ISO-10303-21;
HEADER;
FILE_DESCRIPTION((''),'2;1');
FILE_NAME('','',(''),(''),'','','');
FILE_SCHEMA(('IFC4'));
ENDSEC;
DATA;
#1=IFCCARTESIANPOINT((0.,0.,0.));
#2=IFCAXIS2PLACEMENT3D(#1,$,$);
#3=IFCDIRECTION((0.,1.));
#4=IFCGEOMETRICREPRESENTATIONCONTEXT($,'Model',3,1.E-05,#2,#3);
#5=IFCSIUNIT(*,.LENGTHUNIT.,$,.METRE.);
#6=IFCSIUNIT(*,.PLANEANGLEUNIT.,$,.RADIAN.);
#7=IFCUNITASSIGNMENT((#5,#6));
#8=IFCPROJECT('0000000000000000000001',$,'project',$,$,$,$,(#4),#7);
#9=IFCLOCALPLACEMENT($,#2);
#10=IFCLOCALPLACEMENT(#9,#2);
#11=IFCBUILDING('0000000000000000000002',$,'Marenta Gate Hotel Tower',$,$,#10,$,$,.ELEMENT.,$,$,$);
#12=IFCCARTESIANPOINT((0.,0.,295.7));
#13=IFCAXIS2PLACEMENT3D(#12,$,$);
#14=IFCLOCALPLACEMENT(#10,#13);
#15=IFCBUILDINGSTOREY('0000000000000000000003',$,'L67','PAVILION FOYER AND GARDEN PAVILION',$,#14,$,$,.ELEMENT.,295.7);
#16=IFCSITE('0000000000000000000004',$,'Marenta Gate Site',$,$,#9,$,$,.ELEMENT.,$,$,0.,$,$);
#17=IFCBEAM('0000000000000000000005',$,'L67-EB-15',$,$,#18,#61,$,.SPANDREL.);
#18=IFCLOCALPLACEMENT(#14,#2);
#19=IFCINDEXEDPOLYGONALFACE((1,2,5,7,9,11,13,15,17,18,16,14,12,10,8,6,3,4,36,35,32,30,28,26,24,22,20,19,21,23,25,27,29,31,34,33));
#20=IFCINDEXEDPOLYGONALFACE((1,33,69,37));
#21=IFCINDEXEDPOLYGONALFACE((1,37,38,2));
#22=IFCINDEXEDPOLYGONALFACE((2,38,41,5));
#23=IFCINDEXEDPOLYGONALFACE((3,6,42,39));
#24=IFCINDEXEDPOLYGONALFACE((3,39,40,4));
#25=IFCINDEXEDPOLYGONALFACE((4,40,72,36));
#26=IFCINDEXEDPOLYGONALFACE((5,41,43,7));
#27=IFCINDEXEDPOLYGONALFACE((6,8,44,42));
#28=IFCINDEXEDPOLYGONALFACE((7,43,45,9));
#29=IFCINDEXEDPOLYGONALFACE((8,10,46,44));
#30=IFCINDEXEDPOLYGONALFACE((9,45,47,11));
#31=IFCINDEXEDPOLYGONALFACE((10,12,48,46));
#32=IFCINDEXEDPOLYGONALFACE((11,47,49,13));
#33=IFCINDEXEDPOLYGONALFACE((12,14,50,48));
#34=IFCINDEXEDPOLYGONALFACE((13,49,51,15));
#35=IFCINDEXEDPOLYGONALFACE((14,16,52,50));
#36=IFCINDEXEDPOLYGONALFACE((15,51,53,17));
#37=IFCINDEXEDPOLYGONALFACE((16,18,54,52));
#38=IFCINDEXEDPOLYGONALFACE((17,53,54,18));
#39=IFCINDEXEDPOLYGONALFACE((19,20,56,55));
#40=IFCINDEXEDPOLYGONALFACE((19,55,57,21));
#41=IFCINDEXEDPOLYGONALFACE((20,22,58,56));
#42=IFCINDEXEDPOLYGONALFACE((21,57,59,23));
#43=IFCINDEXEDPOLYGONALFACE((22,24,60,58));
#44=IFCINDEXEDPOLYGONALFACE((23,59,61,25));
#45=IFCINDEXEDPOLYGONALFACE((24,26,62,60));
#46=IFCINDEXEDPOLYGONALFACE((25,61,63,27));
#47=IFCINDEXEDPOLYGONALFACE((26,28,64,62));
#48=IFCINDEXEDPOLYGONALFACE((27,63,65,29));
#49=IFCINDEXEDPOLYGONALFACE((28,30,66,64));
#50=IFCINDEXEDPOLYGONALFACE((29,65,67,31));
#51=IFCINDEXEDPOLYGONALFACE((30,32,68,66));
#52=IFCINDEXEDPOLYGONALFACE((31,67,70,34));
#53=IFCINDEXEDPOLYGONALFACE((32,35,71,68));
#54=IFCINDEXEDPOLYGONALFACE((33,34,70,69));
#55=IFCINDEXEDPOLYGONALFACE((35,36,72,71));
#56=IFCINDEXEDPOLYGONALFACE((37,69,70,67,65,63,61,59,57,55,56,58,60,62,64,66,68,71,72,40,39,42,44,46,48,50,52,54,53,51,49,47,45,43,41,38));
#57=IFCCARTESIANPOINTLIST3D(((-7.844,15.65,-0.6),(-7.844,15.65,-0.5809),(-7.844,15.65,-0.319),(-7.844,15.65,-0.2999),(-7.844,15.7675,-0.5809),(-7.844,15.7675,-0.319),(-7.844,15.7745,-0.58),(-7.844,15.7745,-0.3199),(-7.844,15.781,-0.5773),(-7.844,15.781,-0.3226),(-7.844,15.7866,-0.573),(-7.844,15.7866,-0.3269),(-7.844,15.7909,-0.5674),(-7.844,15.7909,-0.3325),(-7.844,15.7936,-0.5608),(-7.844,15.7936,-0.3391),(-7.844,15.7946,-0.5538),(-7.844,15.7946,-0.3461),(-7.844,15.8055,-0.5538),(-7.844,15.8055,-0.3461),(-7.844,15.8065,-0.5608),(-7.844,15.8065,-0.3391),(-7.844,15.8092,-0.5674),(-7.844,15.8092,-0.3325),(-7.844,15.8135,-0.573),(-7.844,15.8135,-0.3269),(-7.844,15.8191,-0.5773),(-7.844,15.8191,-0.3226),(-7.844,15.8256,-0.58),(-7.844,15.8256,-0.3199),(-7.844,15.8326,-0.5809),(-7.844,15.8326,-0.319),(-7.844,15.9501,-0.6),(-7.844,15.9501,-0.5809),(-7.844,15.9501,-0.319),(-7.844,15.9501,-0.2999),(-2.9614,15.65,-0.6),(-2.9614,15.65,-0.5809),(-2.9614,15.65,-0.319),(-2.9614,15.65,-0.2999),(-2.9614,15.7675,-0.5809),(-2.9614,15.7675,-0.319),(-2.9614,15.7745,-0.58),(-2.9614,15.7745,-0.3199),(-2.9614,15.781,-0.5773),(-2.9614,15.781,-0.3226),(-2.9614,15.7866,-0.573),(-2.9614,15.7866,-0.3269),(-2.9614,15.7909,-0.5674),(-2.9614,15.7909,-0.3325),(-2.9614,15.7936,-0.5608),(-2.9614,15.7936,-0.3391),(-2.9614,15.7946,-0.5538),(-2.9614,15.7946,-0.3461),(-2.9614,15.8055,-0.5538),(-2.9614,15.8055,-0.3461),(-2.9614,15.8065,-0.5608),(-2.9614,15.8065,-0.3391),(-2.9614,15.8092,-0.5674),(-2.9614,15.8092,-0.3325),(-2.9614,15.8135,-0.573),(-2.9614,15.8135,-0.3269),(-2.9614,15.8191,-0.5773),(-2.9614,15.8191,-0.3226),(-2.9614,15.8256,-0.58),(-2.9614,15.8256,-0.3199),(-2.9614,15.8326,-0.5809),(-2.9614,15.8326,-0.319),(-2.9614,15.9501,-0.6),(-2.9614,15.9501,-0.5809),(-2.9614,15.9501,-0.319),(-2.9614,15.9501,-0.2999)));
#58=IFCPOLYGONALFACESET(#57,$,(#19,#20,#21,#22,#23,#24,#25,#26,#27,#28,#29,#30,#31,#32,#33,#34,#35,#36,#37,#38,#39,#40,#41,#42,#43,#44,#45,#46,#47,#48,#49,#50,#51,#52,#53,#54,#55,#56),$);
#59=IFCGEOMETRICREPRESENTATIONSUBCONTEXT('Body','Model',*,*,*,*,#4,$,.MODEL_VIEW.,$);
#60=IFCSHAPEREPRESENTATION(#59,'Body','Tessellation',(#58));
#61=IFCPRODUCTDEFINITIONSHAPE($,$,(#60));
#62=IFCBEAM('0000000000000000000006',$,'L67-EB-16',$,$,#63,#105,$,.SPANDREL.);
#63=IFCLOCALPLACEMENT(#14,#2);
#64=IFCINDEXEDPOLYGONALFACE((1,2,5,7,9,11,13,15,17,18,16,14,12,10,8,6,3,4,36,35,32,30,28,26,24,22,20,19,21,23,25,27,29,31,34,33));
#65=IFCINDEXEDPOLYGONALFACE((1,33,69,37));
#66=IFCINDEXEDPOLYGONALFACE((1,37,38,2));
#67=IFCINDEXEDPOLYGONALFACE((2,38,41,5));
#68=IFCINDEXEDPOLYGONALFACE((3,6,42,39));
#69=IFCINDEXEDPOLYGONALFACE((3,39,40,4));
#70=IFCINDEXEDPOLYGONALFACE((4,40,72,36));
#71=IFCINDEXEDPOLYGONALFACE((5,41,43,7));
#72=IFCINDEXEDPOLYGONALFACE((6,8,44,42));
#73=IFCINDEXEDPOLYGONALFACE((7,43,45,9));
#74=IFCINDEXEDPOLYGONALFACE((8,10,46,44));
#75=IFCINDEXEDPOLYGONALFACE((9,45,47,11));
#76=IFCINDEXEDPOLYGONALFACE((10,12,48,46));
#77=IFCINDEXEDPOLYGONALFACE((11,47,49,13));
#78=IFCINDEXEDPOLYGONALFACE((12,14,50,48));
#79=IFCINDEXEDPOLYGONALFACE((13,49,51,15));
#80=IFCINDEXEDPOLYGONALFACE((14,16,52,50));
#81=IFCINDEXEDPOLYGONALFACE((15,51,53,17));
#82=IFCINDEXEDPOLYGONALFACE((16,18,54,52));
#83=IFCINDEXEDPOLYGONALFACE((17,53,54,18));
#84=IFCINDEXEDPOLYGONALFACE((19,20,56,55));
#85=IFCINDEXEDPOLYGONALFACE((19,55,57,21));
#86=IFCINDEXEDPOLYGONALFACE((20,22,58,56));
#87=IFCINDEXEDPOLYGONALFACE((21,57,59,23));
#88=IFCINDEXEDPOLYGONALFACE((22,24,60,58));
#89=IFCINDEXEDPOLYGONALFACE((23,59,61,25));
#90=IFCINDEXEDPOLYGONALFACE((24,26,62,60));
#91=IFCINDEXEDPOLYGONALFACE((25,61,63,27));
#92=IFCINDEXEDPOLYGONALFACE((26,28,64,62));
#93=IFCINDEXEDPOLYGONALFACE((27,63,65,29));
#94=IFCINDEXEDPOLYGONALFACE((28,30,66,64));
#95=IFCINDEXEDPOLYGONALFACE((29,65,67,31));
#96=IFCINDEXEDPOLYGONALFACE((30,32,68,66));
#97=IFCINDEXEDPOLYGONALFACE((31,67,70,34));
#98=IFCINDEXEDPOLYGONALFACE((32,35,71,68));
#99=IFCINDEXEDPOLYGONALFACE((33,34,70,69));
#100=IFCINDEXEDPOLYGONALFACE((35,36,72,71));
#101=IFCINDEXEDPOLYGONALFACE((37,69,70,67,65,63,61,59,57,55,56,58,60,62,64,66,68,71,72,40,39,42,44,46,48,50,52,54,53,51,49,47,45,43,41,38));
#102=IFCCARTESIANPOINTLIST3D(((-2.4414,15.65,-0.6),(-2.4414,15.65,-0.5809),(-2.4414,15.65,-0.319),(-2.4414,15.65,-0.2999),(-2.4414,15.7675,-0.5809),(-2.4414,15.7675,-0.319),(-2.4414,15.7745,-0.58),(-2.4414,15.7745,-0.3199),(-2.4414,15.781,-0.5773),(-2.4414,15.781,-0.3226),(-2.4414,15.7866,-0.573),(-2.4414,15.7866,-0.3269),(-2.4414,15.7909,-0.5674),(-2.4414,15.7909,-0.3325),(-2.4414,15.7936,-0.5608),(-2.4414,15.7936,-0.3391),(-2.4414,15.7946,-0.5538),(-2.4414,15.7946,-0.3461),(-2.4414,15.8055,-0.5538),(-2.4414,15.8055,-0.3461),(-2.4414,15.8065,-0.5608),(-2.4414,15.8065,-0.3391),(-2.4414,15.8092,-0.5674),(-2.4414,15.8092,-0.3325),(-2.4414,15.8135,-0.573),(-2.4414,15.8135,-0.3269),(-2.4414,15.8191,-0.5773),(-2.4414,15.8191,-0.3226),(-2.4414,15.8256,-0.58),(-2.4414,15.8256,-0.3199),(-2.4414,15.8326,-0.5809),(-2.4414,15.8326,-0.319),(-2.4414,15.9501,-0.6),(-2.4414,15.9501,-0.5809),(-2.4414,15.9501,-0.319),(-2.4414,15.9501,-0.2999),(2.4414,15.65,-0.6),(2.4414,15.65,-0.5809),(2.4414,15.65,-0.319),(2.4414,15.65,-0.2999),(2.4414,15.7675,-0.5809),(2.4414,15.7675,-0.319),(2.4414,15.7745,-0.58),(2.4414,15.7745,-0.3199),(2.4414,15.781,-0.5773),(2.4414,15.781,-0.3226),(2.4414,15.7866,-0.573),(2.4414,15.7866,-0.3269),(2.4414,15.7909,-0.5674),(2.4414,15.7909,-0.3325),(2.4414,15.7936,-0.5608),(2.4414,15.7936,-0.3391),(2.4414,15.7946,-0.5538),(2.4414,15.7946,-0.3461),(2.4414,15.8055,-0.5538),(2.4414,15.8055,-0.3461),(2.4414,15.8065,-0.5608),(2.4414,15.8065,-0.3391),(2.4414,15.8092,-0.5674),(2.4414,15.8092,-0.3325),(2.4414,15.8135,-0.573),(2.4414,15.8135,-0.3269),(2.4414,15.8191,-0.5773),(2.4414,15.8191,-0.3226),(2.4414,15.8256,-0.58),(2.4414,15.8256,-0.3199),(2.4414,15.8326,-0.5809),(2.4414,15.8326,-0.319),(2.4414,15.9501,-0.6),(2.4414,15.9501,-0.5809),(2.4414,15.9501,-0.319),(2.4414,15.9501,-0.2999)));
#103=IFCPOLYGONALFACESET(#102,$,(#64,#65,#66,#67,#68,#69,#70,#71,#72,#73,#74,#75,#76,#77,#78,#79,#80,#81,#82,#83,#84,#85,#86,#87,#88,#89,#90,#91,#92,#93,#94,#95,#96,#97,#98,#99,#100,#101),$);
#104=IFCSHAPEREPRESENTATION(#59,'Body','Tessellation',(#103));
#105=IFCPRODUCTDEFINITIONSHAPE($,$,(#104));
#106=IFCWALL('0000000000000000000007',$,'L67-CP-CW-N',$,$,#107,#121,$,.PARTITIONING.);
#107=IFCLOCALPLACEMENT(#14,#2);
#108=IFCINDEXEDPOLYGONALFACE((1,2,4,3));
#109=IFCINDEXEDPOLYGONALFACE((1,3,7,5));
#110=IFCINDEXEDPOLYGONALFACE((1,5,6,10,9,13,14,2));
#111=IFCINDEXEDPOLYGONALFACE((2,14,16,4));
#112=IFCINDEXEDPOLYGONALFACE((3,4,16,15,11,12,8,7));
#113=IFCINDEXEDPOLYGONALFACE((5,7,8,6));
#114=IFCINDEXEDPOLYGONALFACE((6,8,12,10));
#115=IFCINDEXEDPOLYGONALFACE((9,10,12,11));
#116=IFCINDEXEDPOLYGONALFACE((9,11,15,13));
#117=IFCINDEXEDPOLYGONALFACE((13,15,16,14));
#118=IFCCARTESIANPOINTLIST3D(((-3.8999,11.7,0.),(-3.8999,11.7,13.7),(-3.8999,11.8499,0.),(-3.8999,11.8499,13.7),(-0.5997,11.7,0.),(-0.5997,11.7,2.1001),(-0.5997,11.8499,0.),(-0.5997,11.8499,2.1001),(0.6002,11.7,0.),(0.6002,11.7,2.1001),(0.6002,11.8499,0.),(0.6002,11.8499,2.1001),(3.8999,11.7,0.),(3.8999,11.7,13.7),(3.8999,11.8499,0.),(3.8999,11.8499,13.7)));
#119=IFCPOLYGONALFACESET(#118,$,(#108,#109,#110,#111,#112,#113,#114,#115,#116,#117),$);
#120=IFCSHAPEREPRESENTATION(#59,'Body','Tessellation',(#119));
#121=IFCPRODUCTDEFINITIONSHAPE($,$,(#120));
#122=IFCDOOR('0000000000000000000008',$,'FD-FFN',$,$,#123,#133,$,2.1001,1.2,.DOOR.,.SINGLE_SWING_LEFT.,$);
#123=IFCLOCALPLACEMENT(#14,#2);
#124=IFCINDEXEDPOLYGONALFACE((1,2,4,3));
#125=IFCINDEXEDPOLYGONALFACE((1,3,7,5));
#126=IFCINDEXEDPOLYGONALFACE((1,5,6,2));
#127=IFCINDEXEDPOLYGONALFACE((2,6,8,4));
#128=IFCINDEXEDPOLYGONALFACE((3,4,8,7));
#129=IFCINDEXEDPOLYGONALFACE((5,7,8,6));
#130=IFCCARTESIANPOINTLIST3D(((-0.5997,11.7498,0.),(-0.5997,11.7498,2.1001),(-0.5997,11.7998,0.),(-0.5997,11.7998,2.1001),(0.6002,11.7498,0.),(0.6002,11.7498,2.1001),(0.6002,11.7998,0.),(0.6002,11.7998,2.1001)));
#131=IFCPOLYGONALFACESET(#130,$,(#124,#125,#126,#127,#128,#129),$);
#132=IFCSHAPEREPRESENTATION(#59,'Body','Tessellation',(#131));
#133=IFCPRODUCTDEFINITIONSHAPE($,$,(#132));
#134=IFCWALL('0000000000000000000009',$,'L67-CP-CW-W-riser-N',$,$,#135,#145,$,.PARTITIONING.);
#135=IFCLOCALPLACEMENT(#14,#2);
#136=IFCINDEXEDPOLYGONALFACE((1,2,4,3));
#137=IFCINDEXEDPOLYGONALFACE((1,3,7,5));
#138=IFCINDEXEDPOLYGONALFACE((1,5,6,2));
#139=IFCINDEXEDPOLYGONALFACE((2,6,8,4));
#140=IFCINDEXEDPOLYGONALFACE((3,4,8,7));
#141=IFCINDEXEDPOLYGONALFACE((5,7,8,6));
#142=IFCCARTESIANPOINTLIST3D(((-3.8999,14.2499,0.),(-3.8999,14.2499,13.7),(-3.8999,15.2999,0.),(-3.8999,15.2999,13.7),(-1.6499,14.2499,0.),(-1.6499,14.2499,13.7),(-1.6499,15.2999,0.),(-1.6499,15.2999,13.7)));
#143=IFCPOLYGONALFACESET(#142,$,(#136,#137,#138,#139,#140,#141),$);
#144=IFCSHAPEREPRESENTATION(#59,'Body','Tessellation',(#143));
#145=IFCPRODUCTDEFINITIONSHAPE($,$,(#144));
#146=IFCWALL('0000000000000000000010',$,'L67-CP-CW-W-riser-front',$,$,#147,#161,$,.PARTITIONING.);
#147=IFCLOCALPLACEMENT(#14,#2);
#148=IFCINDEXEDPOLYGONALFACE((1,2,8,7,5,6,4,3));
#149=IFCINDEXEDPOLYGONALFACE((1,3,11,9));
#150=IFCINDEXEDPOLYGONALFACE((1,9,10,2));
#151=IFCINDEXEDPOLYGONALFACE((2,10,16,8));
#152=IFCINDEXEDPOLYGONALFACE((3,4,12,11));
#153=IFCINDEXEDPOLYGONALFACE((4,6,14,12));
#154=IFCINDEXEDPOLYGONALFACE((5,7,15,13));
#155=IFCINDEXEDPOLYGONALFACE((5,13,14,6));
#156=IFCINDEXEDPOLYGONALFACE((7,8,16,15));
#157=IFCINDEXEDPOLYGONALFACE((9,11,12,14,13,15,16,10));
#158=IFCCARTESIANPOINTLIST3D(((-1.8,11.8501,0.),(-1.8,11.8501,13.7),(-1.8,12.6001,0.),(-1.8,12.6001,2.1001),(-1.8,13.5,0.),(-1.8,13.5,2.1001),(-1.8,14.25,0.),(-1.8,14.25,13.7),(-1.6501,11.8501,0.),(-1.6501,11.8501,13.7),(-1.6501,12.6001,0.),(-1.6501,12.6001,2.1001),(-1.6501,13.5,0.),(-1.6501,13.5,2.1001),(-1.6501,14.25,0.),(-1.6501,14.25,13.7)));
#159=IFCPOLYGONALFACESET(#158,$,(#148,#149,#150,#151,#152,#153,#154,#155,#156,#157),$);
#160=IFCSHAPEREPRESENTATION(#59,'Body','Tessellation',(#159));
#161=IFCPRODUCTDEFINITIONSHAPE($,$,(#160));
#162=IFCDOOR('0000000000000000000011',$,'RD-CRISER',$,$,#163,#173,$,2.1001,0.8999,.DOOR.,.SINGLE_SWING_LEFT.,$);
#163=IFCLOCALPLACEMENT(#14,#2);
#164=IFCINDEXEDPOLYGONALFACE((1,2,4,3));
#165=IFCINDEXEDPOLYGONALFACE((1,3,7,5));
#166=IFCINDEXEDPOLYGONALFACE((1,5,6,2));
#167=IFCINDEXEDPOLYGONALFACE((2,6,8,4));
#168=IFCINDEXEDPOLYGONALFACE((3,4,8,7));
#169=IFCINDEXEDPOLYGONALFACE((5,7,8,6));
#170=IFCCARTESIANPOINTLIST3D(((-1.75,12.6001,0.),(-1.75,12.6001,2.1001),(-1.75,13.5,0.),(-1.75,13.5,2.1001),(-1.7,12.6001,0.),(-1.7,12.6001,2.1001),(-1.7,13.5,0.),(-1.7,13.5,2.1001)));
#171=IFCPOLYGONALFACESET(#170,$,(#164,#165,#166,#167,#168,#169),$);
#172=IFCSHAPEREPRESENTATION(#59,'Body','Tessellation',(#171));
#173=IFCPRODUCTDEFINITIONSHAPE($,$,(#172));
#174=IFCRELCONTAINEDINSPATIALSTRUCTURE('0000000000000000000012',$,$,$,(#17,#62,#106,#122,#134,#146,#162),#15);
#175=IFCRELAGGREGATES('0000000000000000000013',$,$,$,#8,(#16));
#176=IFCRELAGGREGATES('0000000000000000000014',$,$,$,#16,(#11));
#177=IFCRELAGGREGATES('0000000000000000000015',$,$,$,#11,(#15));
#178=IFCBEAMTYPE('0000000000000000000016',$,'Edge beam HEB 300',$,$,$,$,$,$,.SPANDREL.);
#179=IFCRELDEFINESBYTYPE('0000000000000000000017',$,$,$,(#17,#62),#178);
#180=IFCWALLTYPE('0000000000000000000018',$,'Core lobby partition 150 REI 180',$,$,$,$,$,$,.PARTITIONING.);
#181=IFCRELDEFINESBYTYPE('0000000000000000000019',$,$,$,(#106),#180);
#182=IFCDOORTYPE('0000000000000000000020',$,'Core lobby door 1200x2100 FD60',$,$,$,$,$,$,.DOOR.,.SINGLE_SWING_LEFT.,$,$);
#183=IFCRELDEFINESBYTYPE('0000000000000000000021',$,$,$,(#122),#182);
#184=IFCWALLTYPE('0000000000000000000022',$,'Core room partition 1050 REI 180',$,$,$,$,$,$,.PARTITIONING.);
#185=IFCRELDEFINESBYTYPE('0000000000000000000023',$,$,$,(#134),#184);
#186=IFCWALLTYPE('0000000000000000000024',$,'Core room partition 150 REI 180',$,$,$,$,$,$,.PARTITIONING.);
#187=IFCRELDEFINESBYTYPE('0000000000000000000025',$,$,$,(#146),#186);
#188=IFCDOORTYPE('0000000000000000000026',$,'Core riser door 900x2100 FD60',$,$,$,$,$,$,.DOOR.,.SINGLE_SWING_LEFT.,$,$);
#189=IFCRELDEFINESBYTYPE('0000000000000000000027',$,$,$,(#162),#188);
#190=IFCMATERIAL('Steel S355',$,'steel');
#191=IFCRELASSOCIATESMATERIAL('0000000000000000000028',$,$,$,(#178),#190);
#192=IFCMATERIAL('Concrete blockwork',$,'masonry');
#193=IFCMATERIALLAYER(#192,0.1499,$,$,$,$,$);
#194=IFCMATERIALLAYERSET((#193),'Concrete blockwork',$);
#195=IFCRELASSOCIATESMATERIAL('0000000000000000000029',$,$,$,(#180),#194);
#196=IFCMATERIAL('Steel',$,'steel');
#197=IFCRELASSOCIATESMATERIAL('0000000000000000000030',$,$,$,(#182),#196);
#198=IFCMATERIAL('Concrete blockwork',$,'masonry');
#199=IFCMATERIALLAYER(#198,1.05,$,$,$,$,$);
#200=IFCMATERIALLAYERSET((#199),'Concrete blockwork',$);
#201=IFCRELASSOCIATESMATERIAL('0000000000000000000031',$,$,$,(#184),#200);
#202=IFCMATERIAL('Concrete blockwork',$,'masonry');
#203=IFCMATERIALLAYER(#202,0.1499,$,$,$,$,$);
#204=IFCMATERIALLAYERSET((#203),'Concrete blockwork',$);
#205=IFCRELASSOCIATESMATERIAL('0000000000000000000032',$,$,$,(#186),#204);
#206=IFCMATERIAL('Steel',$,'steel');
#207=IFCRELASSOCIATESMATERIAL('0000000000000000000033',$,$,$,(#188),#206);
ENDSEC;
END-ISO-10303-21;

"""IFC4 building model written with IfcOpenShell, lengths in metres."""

from ifc_helpers import new_model, si_unit, direction, frame, frame_2d, origin, origin_2d, place, context, subcontext, project, spatial, rectangle, i_section, extrude, material, layer, layer_set, material_profile, profile_set, type_object, element, fill, save


model = new_model("IFC4")

# Units and contexts
model_context = context("Model", 3, precision=1e-05, world=origin(), true_north=direction((0.0, 1.0)))
body_context = subcontext(model_context, "Body", "Model", "MODEL_VIEW")
ifc_project = project(units=[si_unit("LENGTHUNIT", "METRE"), si_unit("PLANEANGLEUNIT", "RADIAN")], contexts=[model_context])

# Site, building, storey
site_placement = place(None, origin())
site = spatial("IfcSite", under=ifc_project, at=site_placement, Name="Marenta Gate Site", CompositionType="ELEMENT", RefElevation=0.0)
building_placement = place(site_placement, origin())
building = spatial("IfcBuilding", under=site, at=building_placement, Name="Marenta Gate Hotel Tower", CompositionType="ELEMENT")
storey_placement = place(building_placement, frame((0.0, 0.0, 295.7)))
storey = spatial("IfcBuildingStorey", under=building, at=storey_placement, Name="L67", Description="PAVILION FOYER AND GARDEN PAVILION", CompositionType="ELEMENT", Elevation=295.7)

# Beams
ifc_material_1 = material(Name="Steel S355", Category="steel")
ifc_material_profile = material_profile(ifc_material_1, i_section(OverallWidth=0.3, OverallDepth=0.3, WebThickness=0.011, FlangeThickness=0.019, FilletRadius=0.0271, at=origin_2d()), Name="HEB 300")
ifc_profile_set = profile_set([ifc_material_profile], Name="Steel S355")
beam_type = type_object("IfcBeamType", Name="Edge beam HEB 300", PredefinedType="SPANDREL", material=ifc_profile_set)
beam_1_placement = place(storey_placement, frame((-7.844, 15.8, -0.45), z_axis=(1.0, 0.0, 0.0), x_axis=(0.0, 1.0, 0.0)))
element("IfcBeam", 1, at=beam_1_placement, inside=storey, type_object=beam_type, Name="L67-EB-15", PredefinedType="SPANDREL", context=body_context, shape_type="SweptSolid", body=[
    extrude(i_section(OverallWidth=0.3, OverallDepth=0.3, WebThickness=0.011, FlangeThickness=0.019, FilletRadius=0.0271, at=origin_2d()), origin(), (0.0, 0.0, 1.0), 4.8826),
])
beam_2_placement = place(storey_placement, frame((-2.4414, 15.8, -0.45), z_axis=(1.0, 0.0, 0.0), x_axis=(0.0, 1.0, 0.0)))
element("IfcBeam", 2, at=beam_2_placement, inside=storey, type_object=beam_type, Name="L67-EB-16", PredefinedType="SPANDREL", context=body_context, shape_type="SweptSolid", body=[
    extrude(i_section(OverallWidth=0.3, OverallDepth=0.3, WebThickness=0.011, FlangeThickness=0.019, FilletRadius=0.0271, at=origin_2d()), origin(), (0.0, 0.0, 1.0), 4.8828),
])

# Wall, opening, door
ifc_material_2 = material(Name="Concrete blockwork", Category="masonry")
ifc_layer_1 = layer(ifc_material_2, 0.1499)
ifc_layer_set_1 = layer_set([ifc_layer_1], Name="Concrete blockwork")
wall_type_1 = type_object("IfcWallType", Name="Core lobby partition 150 REI 180", PredefinedType="PARTITIONING", material=ifc_layer_set_1)
wall_1_placement = place(storey_placement, frame((-3.8999, 11.7749, 0.0), z_axis=(0.0, 0.0, 1.0), x_axis=(1.0, 0.0, 0.0)))
wall_1 = element("IfcWall", 3, at=wall_1_placement, inside=storey, type_object=wall_type_1, Name="L67-CP-CW-N", PredefinedType="PARTITIONING", context=body_context, shape_type="SweptSolid", body=[
    extrude(rectangle(XDim=7.7998, YDim=0.1499, at=frame_2d((3.8999, 0.0))), origin(), (0.0, 0.0, 1.0), 13.7),
])
opening_1_placement = place(wall_1_placement, frame((3.3, 0.0, 0.0)))
opening_1 = element("IfcOpeningElement", 4, at=opening_1_placement, cuts=wall_1, PredefinedType="OPENING", context=body_context, shape_type="SweptSolid", body=[
    extrude(rectangle(XDim=1.2, YDim=2.1001, at=frame_2d((0.6001, 1.05))), frame((0.0, 0.075, 0.0), z_axis=(0.0, -1.0, 0.0), x_axis=(1.0, 0.0, 0.0)), (0.0, 0.0, 1.0), 0.1499),
])
ifc_material_3 = material(Name="Steel", Category="steel")
door_type_1 = type_object("IfcDoorType", Name="Core lobby door 1200x2100 FD60", OperationType="SINGLE_SWING_LEFT", PredefinedType="DOOR", material=ifc_material_3)
door_1_placement = place(opening_1_placement, origin())
door_1 = element("IfcDoor", 5, at=door_1_placement, inside=storey, type_object=door_type_1, Name="FD-FFN", OperationType="SINGLE_SWING_LEFT", OverallHeight=2.1001, OverallWidth=1.2, PredefinedType="DOOR", context=body_context, shape_type="SweptSolid", body=[
    extrude(rectangle(XDim=1.2, YDim=2.1001, at=frame_2d((0.6001, 1.05))), frame((0.0, 0.0249, 0.0), z_axis=(0.0, -1.0, 0.0), x_axis=(1.0, 0.0, 0.0)), (0.0, 0.0, 1.0), 0.05),
])
fill(opening_1, door_1)

# Wall
ifc_material_4 = material(Name="Concrete blockwork", Category="masonry")
ifc_layer_2 = layer(ifc_material_4, 1.05)
ifc_layer_set_2 = layer_set([ifc_layer_2], Name="Concrete blockwork")
wall_type_2 = type_object("IfcWallType", Name="Core room partition 1050 REI 180", PredefinedType="PARTITIONING", material=ifc_layer_set_2)
wall_2_placement = place(storey_placement, frame((-3.8999, 14.7749, 0.0), z_axis=(0.0, 0.0, 1.0), x_axis=(1.0, 0.0, 0.0)))
element("IfcWall", 6, at=wall_2_placement, inside=storey, type_object=wall_type_2, Name="L67-CP-CW-W-riser-N", PredefinedType="PARTITIONING", context=body_context, shape_type="SweptSolid", body=[
    extrude(rectangle(XDim=2.25, YDim=1.05, at=frame_2d((1.125, 0.0))), origin(), (0.0, 0.0, 1.0), 13.7),
])

# Wall, opening, door
ifc_material_5 = material(Name="Concrete blockwork", Category="masonry")
ifc_layer_3 = layer(ifc_material_5, 0.1499)
ifc_layer_set_3 = layer_set([ifc_layer_3], Name="Concrete blockwork")
wall_type_3 = type_object("IfcWallType", Name="Core room partition 150 REI 180", PredefinedType="PARTITIONING", material=ifc_layer_set_3)
wall_3_placement = place(storey_placement, frame((-1.7251, 11.8501, 0.0), z_axis=(0.0, 0.0, 1.0), x_axis=(0.0, 1.0, 0.0)))
wall_3 = element("IfcWall", 7, at=wall_3_placement, inside=storey, type_object=wall_type_3, Name="L67-CP-CW-W-riser-front", PredefinedType="PARTITIONING", context=body_context, shape_type="SweptSolid", body=[
    extrude(rectangle(XDim=2.3999, YDim=0.1499, at=frame_2d((1.2, 0.0))), origin(), (0.0, 0.0, 1.0), 13.7),
])
opening_2_placement = place(wall_3_placement, frame((0.75, 0.0, 0.0)))
opening_2 = element("IfcOpeningElement", 8, at=opening_2_placement, cuts=wall_3, PredefinedType="OPENING", context=body_context, shape_type="SweptSolid", body=[
    extrude(rectangle(XDim=0.8999, YDim=2.1001, at=frame_2d((0.45, 1.05))), frame((0.0, 0.075, 0.0), z_axis=(0.0, -1.0, 0.0), x_axis=(1.0, 0.0, 0.0)), (0.0, 0.0, 1.0), 0.1499),
])
ifc_material_6 = material(Name="Steel", Category="steel")
door_type_2 = type_object("IfcDoorType", Name="Core riser door 900x2100 FD60", OperationType="SINGLE_SWING_LEFT", PredefinedType="DOOR", material=ifc_material_6)
door_2_placement = place(opening_2_placement, origin())
door_2 = element("IfcDoor", 9, at=door_2_placement, inside=storey, type_object=door_type_2, Name="RD-CRISER", OperationType="SINGLE_SWING_LEFT", OverallHeight=2.1001, OverallWidth=0.8999, PredefinedType="DOOR", context=body_context, shape_type="SweptSolid", body=[
    extrude(rectangle(XDim=0.8999, YDim=2.1001, at=frame_2d((0.45, 1.05))), frame((0.0, 0.0249, 0.0), z_axis=(0.0, -1.0, 0.0), x_axis=(1.0, 0.0, 0.0)), (0.0, 0.0, 1.0), 0.05),
])
fill(opening_2, door_2)

save(model, "model.ifc")
